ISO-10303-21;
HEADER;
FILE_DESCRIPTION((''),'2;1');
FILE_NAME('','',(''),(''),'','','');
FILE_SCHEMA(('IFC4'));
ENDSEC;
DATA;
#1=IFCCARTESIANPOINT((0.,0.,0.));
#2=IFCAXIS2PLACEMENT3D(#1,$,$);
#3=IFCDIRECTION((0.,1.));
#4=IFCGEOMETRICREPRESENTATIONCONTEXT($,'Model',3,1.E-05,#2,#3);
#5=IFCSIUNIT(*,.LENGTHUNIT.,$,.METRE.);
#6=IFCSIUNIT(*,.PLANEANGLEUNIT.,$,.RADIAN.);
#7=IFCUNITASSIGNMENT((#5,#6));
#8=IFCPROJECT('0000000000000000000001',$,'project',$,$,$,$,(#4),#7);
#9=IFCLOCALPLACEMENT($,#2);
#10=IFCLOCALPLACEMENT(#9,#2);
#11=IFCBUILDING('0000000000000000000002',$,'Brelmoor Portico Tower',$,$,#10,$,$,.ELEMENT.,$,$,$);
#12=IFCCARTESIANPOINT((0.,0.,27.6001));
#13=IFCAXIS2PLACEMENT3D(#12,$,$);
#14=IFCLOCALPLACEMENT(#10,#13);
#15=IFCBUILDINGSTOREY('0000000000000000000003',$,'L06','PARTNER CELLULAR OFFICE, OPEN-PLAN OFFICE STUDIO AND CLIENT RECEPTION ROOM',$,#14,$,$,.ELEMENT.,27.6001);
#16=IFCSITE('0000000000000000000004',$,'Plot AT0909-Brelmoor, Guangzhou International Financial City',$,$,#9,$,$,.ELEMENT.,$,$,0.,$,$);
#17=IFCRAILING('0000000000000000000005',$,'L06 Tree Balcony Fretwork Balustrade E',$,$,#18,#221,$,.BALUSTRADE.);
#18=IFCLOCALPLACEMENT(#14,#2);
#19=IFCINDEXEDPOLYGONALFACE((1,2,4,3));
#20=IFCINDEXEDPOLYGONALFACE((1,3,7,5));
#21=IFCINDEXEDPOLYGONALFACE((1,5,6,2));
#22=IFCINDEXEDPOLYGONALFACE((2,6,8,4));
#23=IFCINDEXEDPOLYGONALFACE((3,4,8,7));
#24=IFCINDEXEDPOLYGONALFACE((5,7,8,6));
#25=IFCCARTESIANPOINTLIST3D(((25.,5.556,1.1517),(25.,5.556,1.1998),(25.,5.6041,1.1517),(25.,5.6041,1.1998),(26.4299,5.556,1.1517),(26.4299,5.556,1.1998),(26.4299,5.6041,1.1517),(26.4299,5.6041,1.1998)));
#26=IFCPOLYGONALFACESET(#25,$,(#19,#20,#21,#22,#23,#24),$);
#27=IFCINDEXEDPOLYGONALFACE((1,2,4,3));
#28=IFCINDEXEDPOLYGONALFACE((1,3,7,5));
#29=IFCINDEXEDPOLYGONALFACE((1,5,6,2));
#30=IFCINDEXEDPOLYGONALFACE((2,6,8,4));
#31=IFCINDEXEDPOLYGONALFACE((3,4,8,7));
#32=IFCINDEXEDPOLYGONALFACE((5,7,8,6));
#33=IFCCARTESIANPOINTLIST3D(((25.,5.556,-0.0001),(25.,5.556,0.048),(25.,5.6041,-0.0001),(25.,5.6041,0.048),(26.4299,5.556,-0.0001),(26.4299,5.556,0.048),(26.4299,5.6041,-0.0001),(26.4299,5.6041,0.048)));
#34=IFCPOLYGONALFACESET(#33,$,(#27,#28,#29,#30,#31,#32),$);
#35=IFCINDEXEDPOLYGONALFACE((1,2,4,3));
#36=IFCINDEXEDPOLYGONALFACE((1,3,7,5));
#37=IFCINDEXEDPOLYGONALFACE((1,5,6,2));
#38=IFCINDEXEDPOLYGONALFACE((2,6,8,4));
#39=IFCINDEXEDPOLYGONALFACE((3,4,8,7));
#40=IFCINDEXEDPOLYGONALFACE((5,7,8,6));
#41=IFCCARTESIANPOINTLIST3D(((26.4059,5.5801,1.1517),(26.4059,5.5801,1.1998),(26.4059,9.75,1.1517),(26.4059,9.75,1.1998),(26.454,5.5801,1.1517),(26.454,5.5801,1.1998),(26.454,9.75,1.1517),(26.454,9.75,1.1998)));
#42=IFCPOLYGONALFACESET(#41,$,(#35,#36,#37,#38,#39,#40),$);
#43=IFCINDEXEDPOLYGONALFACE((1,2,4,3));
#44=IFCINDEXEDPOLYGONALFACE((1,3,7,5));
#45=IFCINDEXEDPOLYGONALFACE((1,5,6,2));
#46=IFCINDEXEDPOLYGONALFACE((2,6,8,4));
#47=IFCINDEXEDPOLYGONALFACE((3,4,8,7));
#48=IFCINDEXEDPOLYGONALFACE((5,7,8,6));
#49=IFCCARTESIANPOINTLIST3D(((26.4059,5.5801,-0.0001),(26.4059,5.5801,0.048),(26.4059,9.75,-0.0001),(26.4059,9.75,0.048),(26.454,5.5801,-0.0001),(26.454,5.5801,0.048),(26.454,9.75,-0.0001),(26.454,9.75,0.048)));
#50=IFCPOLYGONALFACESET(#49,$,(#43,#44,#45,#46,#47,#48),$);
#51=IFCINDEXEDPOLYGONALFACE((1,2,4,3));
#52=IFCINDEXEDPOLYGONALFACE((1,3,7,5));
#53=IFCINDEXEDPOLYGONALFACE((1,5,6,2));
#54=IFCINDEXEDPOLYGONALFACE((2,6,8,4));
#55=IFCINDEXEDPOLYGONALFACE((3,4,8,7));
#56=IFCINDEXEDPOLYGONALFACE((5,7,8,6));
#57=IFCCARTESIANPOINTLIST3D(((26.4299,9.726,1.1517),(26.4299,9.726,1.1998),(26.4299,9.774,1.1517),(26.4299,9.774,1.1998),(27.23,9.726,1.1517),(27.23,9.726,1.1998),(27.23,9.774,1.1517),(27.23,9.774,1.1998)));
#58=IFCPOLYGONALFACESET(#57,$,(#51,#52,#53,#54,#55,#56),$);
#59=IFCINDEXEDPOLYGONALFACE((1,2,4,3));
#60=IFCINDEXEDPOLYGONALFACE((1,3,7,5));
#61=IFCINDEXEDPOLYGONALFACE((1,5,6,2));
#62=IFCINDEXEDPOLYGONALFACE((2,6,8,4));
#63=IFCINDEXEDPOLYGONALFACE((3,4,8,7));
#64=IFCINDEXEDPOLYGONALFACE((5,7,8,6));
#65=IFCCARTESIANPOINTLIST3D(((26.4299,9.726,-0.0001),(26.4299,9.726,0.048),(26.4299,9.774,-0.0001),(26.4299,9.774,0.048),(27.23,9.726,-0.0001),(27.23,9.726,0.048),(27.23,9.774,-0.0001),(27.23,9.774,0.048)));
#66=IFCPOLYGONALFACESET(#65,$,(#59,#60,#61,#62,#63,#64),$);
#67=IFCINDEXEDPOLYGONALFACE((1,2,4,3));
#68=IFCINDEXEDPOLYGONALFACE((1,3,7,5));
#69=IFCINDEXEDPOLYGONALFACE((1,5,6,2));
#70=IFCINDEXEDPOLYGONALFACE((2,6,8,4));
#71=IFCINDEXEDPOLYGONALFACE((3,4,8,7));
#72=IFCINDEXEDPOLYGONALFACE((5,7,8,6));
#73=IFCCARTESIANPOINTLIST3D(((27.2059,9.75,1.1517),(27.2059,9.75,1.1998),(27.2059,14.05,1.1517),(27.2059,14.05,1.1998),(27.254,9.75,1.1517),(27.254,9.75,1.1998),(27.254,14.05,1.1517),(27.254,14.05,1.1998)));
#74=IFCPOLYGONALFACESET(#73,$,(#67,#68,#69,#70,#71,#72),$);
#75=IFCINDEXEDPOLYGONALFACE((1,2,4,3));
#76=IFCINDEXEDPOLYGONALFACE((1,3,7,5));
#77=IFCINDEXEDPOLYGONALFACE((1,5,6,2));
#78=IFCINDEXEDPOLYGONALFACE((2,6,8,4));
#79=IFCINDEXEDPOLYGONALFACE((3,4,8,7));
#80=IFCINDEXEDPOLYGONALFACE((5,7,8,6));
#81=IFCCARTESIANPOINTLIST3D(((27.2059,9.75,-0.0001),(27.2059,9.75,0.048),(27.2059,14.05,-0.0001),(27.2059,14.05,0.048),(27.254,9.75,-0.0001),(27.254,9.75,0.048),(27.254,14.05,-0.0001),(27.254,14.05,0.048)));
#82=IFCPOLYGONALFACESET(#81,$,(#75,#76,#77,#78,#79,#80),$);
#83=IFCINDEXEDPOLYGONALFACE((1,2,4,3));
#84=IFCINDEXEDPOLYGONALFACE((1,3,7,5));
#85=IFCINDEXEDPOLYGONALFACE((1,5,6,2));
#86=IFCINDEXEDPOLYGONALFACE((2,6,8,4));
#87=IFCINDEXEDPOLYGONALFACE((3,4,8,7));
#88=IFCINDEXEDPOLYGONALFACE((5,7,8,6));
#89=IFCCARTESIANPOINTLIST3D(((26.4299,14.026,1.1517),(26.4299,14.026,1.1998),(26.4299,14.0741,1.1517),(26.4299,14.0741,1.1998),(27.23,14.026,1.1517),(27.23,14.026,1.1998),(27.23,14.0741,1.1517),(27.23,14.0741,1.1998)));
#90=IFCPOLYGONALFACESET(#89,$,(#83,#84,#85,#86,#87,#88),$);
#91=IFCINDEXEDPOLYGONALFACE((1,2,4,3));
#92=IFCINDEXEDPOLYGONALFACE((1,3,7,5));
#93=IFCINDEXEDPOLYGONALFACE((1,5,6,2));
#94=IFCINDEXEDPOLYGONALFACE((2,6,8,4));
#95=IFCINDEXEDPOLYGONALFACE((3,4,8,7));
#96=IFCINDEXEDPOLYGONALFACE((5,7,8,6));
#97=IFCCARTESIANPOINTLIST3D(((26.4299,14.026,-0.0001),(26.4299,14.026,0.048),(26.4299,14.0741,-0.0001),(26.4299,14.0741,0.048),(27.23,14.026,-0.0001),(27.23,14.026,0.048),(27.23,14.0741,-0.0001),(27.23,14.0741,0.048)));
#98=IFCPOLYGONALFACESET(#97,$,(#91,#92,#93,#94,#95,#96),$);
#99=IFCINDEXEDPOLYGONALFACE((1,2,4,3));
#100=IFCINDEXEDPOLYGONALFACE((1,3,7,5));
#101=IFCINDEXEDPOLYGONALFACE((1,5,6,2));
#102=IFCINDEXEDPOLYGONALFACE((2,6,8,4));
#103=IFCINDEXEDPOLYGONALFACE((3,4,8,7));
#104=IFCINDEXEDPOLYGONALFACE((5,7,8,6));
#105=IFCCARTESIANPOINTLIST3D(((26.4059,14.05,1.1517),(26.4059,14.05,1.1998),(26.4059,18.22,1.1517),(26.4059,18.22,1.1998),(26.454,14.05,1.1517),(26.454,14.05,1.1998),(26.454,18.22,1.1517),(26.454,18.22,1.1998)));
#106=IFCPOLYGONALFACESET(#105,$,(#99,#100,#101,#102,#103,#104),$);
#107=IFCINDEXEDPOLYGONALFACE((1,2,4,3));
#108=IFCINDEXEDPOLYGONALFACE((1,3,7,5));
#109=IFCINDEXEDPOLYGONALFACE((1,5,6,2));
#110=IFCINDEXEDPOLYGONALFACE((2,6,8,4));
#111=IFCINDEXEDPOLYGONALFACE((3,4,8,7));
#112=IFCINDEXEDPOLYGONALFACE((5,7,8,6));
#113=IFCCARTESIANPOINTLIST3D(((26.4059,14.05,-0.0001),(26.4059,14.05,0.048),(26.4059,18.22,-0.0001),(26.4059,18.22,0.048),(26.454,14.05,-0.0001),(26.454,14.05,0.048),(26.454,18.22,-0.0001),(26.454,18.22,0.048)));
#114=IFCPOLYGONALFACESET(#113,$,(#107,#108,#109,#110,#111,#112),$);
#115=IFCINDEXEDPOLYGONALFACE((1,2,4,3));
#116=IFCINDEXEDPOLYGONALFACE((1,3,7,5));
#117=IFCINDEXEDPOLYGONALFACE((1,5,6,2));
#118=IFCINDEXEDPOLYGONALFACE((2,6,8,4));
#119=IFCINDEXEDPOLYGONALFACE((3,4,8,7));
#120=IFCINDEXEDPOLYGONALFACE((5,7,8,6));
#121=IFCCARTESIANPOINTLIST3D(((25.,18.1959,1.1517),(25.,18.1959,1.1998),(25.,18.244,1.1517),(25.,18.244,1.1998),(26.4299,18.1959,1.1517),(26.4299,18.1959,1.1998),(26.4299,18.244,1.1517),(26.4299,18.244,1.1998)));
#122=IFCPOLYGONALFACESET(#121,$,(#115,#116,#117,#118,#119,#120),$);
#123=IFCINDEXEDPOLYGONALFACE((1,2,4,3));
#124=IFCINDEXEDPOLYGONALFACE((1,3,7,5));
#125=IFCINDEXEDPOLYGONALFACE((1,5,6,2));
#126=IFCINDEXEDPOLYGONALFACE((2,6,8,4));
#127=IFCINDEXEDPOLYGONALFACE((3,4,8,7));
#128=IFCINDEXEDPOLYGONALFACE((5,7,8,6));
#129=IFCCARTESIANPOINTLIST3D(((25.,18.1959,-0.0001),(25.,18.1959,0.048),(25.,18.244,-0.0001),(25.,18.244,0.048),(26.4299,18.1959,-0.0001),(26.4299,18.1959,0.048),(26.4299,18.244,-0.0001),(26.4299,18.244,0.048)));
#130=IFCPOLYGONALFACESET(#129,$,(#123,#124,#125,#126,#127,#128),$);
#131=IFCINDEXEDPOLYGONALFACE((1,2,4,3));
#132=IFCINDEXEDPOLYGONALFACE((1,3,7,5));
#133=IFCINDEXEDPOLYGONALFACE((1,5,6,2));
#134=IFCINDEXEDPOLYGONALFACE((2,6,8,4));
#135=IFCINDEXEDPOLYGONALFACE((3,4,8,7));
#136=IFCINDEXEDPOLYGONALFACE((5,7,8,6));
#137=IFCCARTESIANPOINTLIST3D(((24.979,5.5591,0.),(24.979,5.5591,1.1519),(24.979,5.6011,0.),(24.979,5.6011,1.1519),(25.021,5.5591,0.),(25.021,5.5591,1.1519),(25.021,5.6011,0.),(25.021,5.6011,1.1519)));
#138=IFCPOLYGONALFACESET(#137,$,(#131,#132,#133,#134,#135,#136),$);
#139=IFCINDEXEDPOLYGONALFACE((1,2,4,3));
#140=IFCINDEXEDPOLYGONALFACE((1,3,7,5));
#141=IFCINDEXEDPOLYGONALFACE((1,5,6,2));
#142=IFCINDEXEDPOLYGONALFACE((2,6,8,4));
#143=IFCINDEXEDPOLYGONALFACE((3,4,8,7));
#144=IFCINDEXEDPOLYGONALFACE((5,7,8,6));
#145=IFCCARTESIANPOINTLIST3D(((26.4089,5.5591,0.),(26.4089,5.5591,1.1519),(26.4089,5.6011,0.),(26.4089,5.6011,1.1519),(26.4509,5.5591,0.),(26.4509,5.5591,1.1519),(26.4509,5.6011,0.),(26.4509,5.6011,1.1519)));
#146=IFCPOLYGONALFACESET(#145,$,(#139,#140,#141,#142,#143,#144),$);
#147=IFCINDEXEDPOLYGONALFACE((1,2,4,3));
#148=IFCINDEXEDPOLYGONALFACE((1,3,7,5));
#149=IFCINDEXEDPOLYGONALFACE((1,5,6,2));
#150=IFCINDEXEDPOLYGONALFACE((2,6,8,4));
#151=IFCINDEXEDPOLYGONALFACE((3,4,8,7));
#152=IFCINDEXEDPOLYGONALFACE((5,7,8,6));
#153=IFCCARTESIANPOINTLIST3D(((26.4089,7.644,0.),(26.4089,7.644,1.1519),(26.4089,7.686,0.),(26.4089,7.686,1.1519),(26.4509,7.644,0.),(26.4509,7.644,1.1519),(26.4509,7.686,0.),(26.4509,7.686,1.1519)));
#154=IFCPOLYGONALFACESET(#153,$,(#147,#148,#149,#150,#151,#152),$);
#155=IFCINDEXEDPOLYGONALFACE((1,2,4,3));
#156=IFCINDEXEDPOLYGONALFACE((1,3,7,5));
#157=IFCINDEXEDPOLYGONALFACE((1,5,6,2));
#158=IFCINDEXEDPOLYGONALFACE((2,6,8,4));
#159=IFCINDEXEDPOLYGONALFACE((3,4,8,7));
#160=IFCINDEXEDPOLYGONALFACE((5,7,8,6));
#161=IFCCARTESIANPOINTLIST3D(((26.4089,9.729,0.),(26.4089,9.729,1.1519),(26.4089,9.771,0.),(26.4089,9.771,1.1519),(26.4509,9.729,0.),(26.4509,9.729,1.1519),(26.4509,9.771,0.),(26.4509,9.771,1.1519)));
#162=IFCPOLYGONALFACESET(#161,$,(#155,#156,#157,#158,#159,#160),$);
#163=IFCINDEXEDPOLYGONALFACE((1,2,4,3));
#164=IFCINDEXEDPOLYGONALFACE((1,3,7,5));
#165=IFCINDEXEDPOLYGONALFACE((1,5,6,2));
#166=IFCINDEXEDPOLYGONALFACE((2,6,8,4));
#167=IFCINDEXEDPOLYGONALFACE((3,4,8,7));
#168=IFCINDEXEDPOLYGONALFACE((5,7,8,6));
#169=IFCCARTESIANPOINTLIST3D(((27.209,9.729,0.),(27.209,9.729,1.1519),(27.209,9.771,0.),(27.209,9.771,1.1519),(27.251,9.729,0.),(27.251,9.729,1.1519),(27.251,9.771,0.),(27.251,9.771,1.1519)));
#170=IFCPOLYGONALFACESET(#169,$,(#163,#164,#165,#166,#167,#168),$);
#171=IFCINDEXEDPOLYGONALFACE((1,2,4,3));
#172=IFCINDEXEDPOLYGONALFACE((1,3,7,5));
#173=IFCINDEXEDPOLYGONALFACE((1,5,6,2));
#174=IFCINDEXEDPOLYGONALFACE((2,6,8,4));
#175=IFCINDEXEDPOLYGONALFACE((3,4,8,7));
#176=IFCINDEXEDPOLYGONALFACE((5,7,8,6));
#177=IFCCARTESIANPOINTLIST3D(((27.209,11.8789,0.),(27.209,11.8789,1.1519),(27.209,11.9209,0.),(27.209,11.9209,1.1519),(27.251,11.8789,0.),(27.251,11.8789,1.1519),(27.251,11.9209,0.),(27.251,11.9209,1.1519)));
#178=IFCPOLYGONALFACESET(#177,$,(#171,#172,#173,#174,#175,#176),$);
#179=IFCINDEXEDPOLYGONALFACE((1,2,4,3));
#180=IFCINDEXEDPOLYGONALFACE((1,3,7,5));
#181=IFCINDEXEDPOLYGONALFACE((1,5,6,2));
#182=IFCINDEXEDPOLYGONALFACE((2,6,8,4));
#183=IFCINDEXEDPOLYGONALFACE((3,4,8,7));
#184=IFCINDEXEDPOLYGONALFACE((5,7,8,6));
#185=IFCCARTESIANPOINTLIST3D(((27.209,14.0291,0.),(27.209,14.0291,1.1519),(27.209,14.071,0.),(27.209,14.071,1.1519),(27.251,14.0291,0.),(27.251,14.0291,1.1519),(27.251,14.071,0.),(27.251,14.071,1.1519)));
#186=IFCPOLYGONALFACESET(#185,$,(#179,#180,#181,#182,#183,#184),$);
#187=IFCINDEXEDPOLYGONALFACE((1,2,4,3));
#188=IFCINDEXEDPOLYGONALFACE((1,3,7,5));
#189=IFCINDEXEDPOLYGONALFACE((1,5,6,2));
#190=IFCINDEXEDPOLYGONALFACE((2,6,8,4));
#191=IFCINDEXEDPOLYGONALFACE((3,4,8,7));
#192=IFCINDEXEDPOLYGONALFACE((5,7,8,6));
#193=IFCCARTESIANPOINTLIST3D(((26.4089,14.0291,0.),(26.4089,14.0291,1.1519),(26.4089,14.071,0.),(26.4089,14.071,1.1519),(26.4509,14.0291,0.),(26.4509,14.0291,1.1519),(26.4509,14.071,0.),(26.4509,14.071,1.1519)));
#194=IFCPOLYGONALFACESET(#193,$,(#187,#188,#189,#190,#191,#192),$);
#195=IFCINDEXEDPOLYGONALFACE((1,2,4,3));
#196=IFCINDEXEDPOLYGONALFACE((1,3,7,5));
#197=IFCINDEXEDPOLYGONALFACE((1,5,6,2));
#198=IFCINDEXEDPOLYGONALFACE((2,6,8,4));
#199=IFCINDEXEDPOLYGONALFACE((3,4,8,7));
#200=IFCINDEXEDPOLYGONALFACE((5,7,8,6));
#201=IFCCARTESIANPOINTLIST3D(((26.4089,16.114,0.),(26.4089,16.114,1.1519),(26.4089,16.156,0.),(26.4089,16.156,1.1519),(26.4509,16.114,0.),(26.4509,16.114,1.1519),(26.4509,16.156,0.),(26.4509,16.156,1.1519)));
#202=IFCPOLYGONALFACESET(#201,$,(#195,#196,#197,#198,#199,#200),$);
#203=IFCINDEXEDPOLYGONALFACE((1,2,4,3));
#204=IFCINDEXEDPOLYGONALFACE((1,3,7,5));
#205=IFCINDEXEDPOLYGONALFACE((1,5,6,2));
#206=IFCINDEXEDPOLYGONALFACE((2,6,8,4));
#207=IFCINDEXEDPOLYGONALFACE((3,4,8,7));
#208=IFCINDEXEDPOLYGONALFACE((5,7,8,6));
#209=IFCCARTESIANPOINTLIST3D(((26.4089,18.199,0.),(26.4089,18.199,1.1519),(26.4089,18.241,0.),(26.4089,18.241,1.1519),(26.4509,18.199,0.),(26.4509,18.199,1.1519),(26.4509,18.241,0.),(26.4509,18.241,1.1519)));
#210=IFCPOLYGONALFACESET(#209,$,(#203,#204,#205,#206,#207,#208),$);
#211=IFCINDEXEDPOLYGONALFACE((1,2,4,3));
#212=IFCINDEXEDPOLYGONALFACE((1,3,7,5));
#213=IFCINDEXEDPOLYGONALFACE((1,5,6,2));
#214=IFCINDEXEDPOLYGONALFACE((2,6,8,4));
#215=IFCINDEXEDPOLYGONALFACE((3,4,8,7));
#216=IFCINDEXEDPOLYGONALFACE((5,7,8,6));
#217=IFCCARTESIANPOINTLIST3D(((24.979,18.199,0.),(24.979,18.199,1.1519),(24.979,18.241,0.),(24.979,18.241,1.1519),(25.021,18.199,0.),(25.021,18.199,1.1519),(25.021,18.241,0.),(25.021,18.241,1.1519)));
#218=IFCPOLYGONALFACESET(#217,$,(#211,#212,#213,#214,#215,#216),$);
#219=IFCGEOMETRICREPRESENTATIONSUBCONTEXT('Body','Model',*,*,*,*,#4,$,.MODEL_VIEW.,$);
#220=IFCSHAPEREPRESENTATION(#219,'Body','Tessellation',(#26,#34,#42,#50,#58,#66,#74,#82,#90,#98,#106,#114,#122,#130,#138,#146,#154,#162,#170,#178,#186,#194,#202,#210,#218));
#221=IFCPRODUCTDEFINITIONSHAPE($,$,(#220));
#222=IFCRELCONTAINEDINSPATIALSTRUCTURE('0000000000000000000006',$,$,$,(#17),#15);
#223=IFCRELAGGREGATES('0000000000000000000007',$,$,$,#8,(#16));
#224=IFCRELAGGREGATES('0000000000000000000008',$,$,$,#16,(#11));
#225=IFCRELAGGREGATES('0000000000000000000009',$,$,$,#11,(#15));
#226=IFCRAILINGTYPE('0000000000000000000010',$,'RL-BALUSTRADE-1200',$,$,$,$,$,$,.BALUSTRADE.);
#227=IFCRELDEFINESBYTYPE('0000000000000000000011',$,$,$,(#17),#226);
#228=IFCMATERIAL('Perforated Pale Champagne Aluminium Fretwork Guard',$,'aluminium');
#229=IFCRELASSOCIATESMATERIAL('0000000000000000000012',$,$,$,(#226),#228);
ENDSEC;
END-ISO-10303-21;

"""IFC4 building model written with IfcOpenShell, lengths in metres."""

from ifc_helpers import new_model, si_unit, direction, frame, origin, origin_2d, place, context, subcontext, project, spatial, rectangle, extrude, material, type_object, element, save


model = new_model("IFC4")

# Units and contexts
model_context = context("Model", 3, precision=1e-05, world=origin(), true_north=direction((0.0, 1.0)))
body_context = subcontext(model_context, "Body", "Model", "MODEL_VIEW")
ifc_project = project(units=[si_unit("LENGTHUNIT", "METRE"), si_unit("PLANEANGLEUNIT", "RADIAN")], contexts=[model_context])

# Site, building, storey
site_placement = place(None, origin())
site = spatial("IfcSite", under=ifc_project, at=site_placement, Name="Plot AT0909-Brelmoor, Guangzhou International Financial City", CompositionType="ELEMENT", RefElevation=0.0)
building_placement = place(site_placement, origin())
building = spatial("IfcBuilding", under=site, at=building_placement, Name="Brelmoor Portico Tower", CompositionType="ELEMENT")
storey_placement = place(building_placement, frame((0.0, 0.0, 27.6001)))
storey = spatial("IfcBuildingStorey", under=building, at=storey_placement, Name="L06", Description="PARTNER CELLULAR OFFICE, OPEN-PLAN OFFICE STUDIO AND CLIENT RECEPTION ROOM", CompositionType="ELEMENT", Elevation=27.6001)

# Railing
ifc_material_1 = material(Name="Perforated Pale Champagne Aluminium Fretwork Guard", Category="aluminium")
railing_type_1 = type_object("IfcRailingType", Name="RL-BALUSTRADE-1200", PredefinedType="BALUSTRADE", material=ifc_material_1)
railing_1_placement = place(storey_placement, frame((25.0, 5.5801, 0.0)))
element("IfcRailing", 1, at=railing_1_placement, inside=storey, type_object=railing_type_1, Name="L06 Tree Balcony Fretwork Balustrade E", PredefinedType="BALUSTRADE", context=body_context, shape_type="SweptSolid", body=[
    extrude(rectangle(XDim=0.0481, YDim=0.0481, at=origin_2d()), frame((0.0, 0.0, 1.1758), z_axis=(1.0, 0.0, 0.0), x_axis=(0.0, 1.0, 0.0)), (0.0, 0.0, 1.0), 1.4299),
    extrude(rectangle(XDim=0.0481, YDim=0.0481, at=origin_2d()), frame((0.0, 0.0, 0.0239), z_axis=(1.0, 0.0, 0.0), x_axis=(0.0, 1.0, 0.0)), (0.0, 0.0, 1.0), 1.4299),
    extrude(rectangle(XDim=0.0481, YDim=0.0481, at=origin_2d()), frame((1.4299, 0.0, 1.1758), z_axis=(0.0, 1.0, 0.0), x_axis=(-1.0, 0.0, 0.0)), (0.0, 0.0, 1.0), 4.1699),
    extrude(rectangle(XDim=0.0481, YDim=0.0481, at=origin_2d()), frame((1.4299, 0.0, 0.0239), z_axis=(0.0, 1.0, 0.0), x_axis=(-1.0, 0.0, 0.0)), (0.0, 0.0, 1.0), 4.1699),
    extrude(rectangle(XDim=0.0481, YDim=0.0481, at=origin_2d()), frame((1.4299, 4.1699, 1.1758), z_axis=(1.0, 0.0, 0.0), x_axis=(0.0, 1.0, 0.0)), (0.0, 0.0, 1.0), 0.8),
    extrude(rectangle(XDim=0.0481, YDim=0.0481, at=origin_2d()), frame((1.4299, 4.1699, 0.0239), z_axis=(1.0, 0.0, 0.0), x_axis=(0.0, 1.0, 0.0)), (0.0, 0.0, 1.0), 0.8),
    extrude(rectangle(XDim=0.0481, YDim=0.0481, at=origin_2d()), frame((2.23, 4.1699, 1.1758), z_axis=(0.0, 1.0, 0.0), x_axis=(-1.0, 0.0, 0.0)), (0.0, 0.0, 1.0), 4.3),
    extrude(rectangle(XDim=0.0481, YDim=0.0481, at=origin_2d()), frame((2.23, 4.1699, 0.0239), z_axis=(0.0, 1.0, 0.0), x_axis=(-1.0, 0.0, 0.0)), (0.0, 0.0, 1.0), 4.3),
    extrude(rectangle(XDim=0.0481, YDim=0.0481, at=origin_2d()), frame((2.23, 8.47, 1.1758), z_axis=(-1.0, 0.0, 0.0), x_axis=(0.0, -1.0, 0.0)), (0.0, 0.0, 1.0), 0.8),
    extrude(rectangle(XDim=0.0481, YDim=0.0481, at=origin_2d()), frame((2.23, 8.47, 0.0239), z_axis=(-1.0, 0.0, 0.0), x_axis=(0.0, -1.0, 0.0)), (0.0, 0.0, 1.0), 0.8),
    extrude(rectangle(XDim=0.0481, YDim=0.0481, at=origin_2d()), frame((1.4299, 8.47, 1.1758), z_axis=(0.0, 1.0, 0.0), x_axis=(-1.0, 0.0, 0.0)), (0.0, 0.0, 1.0), 4.1699),
    extrude(rectangle(XDim=0.0481, YDim=0.0481, at=origin_2d()), frame((1.4299, 8.47, 0.0239), z_axis=(0.0, 1.0, 0.0), x_axis=(-1.0, 0.0, 0.0)), (0.0, 0.0, 1.0), 4.1699),
    extrude(rectangle(XDim=0.0481, YDim=0.0481, at=origin_2d()), frame((1.4299, 12.6399, 1.1758), z_axis=(-1.0, 0.0, 0.0), x_axis=(0.0, -1.0, 0.0)), (0.0, 0.0, 1.0), 1.4299),
    extrude(rectangle(XDim=0.0481, YDim=0.0481, at=origin_2d()), frame((1.4299, 12.6399, 0.0239), z_axis=(-1.0, 0.0, 0.0), x_axis=(0.0, -1.0, 0.0)), (0.0, 0.0, 1.0), 1.4299),
    extrude(rectangle(XDim=0.042, YDim=0.042, at=origin_2d()), origin(), (0.0, 0.0, 1.0), 1.1519),
    extrude(rectangle(XDim=0.042, YDim=0.042, at=origin_2d()), frame((1.4299, 0.0, 0.0)), (0.0, 0.0, 1.0), 1.1519),
    extrude(rectangle(XDim=0.042, YDim=0.042, at=origin_2d()), frame((1.4299, 2.085, 0.0)), (0.0, 0.0, 1.0), 1.1519),
    extrude(rectangle(XDim=0.042, YDim=0.042, at=origin_2d()), frame((1.4299, 4.1699, 0.0)), (0.0, 0.0, 1.0), 1.1519),
    extrude(rectangle(XDim=0.042, YDim=0.042, at=origin_2d()), frame((2.23, 4.1699, 0.0)), (0.0, 0.0, 1.0), 1.1519),
    extrude(rectangle(XDim=0.042, YDim=0.042, at=origin_2d()), frame((2.23, 6.3198, 0.0)), (0.0, 0.0, 1.0), 1.1519),
    extrude(rectangle(XDim=0.042, YDim=0.042, at=origin_2d()), frame((2.23, 8.47, 0.0)), (0.0, 0.0, 1.0), 1.1519),
    extrude(rectangle(XDim=0.042, YDim=0.042, at=origin_2d()), frame((1.4299, 8.47, 0.0)), (0.0, 0.0, 1.0), 1.1519),
    extrude(rectangle(XDim=0.042, YDim=0.042, at=origin_2d()), frame((1.4299, 10.5549, 0.0)), (0.0, 0.0, 1.0), 1.1519),
    extrude(rectangle(XDim=0.042, YDim=0.042, at=origin_2d()), frame((1.4299, 12.6399, 0.0)), (0.0, 0.0, 1.0), 1.1519),
    extrude(rectangle(XDim=0.042, YDim=0.042, at=origin_2d()), frame((0.0, 12.6399, 0.0)), (0.0, 0.0, 1.0), 1.1519),
])

save(model, "model.ifc")
